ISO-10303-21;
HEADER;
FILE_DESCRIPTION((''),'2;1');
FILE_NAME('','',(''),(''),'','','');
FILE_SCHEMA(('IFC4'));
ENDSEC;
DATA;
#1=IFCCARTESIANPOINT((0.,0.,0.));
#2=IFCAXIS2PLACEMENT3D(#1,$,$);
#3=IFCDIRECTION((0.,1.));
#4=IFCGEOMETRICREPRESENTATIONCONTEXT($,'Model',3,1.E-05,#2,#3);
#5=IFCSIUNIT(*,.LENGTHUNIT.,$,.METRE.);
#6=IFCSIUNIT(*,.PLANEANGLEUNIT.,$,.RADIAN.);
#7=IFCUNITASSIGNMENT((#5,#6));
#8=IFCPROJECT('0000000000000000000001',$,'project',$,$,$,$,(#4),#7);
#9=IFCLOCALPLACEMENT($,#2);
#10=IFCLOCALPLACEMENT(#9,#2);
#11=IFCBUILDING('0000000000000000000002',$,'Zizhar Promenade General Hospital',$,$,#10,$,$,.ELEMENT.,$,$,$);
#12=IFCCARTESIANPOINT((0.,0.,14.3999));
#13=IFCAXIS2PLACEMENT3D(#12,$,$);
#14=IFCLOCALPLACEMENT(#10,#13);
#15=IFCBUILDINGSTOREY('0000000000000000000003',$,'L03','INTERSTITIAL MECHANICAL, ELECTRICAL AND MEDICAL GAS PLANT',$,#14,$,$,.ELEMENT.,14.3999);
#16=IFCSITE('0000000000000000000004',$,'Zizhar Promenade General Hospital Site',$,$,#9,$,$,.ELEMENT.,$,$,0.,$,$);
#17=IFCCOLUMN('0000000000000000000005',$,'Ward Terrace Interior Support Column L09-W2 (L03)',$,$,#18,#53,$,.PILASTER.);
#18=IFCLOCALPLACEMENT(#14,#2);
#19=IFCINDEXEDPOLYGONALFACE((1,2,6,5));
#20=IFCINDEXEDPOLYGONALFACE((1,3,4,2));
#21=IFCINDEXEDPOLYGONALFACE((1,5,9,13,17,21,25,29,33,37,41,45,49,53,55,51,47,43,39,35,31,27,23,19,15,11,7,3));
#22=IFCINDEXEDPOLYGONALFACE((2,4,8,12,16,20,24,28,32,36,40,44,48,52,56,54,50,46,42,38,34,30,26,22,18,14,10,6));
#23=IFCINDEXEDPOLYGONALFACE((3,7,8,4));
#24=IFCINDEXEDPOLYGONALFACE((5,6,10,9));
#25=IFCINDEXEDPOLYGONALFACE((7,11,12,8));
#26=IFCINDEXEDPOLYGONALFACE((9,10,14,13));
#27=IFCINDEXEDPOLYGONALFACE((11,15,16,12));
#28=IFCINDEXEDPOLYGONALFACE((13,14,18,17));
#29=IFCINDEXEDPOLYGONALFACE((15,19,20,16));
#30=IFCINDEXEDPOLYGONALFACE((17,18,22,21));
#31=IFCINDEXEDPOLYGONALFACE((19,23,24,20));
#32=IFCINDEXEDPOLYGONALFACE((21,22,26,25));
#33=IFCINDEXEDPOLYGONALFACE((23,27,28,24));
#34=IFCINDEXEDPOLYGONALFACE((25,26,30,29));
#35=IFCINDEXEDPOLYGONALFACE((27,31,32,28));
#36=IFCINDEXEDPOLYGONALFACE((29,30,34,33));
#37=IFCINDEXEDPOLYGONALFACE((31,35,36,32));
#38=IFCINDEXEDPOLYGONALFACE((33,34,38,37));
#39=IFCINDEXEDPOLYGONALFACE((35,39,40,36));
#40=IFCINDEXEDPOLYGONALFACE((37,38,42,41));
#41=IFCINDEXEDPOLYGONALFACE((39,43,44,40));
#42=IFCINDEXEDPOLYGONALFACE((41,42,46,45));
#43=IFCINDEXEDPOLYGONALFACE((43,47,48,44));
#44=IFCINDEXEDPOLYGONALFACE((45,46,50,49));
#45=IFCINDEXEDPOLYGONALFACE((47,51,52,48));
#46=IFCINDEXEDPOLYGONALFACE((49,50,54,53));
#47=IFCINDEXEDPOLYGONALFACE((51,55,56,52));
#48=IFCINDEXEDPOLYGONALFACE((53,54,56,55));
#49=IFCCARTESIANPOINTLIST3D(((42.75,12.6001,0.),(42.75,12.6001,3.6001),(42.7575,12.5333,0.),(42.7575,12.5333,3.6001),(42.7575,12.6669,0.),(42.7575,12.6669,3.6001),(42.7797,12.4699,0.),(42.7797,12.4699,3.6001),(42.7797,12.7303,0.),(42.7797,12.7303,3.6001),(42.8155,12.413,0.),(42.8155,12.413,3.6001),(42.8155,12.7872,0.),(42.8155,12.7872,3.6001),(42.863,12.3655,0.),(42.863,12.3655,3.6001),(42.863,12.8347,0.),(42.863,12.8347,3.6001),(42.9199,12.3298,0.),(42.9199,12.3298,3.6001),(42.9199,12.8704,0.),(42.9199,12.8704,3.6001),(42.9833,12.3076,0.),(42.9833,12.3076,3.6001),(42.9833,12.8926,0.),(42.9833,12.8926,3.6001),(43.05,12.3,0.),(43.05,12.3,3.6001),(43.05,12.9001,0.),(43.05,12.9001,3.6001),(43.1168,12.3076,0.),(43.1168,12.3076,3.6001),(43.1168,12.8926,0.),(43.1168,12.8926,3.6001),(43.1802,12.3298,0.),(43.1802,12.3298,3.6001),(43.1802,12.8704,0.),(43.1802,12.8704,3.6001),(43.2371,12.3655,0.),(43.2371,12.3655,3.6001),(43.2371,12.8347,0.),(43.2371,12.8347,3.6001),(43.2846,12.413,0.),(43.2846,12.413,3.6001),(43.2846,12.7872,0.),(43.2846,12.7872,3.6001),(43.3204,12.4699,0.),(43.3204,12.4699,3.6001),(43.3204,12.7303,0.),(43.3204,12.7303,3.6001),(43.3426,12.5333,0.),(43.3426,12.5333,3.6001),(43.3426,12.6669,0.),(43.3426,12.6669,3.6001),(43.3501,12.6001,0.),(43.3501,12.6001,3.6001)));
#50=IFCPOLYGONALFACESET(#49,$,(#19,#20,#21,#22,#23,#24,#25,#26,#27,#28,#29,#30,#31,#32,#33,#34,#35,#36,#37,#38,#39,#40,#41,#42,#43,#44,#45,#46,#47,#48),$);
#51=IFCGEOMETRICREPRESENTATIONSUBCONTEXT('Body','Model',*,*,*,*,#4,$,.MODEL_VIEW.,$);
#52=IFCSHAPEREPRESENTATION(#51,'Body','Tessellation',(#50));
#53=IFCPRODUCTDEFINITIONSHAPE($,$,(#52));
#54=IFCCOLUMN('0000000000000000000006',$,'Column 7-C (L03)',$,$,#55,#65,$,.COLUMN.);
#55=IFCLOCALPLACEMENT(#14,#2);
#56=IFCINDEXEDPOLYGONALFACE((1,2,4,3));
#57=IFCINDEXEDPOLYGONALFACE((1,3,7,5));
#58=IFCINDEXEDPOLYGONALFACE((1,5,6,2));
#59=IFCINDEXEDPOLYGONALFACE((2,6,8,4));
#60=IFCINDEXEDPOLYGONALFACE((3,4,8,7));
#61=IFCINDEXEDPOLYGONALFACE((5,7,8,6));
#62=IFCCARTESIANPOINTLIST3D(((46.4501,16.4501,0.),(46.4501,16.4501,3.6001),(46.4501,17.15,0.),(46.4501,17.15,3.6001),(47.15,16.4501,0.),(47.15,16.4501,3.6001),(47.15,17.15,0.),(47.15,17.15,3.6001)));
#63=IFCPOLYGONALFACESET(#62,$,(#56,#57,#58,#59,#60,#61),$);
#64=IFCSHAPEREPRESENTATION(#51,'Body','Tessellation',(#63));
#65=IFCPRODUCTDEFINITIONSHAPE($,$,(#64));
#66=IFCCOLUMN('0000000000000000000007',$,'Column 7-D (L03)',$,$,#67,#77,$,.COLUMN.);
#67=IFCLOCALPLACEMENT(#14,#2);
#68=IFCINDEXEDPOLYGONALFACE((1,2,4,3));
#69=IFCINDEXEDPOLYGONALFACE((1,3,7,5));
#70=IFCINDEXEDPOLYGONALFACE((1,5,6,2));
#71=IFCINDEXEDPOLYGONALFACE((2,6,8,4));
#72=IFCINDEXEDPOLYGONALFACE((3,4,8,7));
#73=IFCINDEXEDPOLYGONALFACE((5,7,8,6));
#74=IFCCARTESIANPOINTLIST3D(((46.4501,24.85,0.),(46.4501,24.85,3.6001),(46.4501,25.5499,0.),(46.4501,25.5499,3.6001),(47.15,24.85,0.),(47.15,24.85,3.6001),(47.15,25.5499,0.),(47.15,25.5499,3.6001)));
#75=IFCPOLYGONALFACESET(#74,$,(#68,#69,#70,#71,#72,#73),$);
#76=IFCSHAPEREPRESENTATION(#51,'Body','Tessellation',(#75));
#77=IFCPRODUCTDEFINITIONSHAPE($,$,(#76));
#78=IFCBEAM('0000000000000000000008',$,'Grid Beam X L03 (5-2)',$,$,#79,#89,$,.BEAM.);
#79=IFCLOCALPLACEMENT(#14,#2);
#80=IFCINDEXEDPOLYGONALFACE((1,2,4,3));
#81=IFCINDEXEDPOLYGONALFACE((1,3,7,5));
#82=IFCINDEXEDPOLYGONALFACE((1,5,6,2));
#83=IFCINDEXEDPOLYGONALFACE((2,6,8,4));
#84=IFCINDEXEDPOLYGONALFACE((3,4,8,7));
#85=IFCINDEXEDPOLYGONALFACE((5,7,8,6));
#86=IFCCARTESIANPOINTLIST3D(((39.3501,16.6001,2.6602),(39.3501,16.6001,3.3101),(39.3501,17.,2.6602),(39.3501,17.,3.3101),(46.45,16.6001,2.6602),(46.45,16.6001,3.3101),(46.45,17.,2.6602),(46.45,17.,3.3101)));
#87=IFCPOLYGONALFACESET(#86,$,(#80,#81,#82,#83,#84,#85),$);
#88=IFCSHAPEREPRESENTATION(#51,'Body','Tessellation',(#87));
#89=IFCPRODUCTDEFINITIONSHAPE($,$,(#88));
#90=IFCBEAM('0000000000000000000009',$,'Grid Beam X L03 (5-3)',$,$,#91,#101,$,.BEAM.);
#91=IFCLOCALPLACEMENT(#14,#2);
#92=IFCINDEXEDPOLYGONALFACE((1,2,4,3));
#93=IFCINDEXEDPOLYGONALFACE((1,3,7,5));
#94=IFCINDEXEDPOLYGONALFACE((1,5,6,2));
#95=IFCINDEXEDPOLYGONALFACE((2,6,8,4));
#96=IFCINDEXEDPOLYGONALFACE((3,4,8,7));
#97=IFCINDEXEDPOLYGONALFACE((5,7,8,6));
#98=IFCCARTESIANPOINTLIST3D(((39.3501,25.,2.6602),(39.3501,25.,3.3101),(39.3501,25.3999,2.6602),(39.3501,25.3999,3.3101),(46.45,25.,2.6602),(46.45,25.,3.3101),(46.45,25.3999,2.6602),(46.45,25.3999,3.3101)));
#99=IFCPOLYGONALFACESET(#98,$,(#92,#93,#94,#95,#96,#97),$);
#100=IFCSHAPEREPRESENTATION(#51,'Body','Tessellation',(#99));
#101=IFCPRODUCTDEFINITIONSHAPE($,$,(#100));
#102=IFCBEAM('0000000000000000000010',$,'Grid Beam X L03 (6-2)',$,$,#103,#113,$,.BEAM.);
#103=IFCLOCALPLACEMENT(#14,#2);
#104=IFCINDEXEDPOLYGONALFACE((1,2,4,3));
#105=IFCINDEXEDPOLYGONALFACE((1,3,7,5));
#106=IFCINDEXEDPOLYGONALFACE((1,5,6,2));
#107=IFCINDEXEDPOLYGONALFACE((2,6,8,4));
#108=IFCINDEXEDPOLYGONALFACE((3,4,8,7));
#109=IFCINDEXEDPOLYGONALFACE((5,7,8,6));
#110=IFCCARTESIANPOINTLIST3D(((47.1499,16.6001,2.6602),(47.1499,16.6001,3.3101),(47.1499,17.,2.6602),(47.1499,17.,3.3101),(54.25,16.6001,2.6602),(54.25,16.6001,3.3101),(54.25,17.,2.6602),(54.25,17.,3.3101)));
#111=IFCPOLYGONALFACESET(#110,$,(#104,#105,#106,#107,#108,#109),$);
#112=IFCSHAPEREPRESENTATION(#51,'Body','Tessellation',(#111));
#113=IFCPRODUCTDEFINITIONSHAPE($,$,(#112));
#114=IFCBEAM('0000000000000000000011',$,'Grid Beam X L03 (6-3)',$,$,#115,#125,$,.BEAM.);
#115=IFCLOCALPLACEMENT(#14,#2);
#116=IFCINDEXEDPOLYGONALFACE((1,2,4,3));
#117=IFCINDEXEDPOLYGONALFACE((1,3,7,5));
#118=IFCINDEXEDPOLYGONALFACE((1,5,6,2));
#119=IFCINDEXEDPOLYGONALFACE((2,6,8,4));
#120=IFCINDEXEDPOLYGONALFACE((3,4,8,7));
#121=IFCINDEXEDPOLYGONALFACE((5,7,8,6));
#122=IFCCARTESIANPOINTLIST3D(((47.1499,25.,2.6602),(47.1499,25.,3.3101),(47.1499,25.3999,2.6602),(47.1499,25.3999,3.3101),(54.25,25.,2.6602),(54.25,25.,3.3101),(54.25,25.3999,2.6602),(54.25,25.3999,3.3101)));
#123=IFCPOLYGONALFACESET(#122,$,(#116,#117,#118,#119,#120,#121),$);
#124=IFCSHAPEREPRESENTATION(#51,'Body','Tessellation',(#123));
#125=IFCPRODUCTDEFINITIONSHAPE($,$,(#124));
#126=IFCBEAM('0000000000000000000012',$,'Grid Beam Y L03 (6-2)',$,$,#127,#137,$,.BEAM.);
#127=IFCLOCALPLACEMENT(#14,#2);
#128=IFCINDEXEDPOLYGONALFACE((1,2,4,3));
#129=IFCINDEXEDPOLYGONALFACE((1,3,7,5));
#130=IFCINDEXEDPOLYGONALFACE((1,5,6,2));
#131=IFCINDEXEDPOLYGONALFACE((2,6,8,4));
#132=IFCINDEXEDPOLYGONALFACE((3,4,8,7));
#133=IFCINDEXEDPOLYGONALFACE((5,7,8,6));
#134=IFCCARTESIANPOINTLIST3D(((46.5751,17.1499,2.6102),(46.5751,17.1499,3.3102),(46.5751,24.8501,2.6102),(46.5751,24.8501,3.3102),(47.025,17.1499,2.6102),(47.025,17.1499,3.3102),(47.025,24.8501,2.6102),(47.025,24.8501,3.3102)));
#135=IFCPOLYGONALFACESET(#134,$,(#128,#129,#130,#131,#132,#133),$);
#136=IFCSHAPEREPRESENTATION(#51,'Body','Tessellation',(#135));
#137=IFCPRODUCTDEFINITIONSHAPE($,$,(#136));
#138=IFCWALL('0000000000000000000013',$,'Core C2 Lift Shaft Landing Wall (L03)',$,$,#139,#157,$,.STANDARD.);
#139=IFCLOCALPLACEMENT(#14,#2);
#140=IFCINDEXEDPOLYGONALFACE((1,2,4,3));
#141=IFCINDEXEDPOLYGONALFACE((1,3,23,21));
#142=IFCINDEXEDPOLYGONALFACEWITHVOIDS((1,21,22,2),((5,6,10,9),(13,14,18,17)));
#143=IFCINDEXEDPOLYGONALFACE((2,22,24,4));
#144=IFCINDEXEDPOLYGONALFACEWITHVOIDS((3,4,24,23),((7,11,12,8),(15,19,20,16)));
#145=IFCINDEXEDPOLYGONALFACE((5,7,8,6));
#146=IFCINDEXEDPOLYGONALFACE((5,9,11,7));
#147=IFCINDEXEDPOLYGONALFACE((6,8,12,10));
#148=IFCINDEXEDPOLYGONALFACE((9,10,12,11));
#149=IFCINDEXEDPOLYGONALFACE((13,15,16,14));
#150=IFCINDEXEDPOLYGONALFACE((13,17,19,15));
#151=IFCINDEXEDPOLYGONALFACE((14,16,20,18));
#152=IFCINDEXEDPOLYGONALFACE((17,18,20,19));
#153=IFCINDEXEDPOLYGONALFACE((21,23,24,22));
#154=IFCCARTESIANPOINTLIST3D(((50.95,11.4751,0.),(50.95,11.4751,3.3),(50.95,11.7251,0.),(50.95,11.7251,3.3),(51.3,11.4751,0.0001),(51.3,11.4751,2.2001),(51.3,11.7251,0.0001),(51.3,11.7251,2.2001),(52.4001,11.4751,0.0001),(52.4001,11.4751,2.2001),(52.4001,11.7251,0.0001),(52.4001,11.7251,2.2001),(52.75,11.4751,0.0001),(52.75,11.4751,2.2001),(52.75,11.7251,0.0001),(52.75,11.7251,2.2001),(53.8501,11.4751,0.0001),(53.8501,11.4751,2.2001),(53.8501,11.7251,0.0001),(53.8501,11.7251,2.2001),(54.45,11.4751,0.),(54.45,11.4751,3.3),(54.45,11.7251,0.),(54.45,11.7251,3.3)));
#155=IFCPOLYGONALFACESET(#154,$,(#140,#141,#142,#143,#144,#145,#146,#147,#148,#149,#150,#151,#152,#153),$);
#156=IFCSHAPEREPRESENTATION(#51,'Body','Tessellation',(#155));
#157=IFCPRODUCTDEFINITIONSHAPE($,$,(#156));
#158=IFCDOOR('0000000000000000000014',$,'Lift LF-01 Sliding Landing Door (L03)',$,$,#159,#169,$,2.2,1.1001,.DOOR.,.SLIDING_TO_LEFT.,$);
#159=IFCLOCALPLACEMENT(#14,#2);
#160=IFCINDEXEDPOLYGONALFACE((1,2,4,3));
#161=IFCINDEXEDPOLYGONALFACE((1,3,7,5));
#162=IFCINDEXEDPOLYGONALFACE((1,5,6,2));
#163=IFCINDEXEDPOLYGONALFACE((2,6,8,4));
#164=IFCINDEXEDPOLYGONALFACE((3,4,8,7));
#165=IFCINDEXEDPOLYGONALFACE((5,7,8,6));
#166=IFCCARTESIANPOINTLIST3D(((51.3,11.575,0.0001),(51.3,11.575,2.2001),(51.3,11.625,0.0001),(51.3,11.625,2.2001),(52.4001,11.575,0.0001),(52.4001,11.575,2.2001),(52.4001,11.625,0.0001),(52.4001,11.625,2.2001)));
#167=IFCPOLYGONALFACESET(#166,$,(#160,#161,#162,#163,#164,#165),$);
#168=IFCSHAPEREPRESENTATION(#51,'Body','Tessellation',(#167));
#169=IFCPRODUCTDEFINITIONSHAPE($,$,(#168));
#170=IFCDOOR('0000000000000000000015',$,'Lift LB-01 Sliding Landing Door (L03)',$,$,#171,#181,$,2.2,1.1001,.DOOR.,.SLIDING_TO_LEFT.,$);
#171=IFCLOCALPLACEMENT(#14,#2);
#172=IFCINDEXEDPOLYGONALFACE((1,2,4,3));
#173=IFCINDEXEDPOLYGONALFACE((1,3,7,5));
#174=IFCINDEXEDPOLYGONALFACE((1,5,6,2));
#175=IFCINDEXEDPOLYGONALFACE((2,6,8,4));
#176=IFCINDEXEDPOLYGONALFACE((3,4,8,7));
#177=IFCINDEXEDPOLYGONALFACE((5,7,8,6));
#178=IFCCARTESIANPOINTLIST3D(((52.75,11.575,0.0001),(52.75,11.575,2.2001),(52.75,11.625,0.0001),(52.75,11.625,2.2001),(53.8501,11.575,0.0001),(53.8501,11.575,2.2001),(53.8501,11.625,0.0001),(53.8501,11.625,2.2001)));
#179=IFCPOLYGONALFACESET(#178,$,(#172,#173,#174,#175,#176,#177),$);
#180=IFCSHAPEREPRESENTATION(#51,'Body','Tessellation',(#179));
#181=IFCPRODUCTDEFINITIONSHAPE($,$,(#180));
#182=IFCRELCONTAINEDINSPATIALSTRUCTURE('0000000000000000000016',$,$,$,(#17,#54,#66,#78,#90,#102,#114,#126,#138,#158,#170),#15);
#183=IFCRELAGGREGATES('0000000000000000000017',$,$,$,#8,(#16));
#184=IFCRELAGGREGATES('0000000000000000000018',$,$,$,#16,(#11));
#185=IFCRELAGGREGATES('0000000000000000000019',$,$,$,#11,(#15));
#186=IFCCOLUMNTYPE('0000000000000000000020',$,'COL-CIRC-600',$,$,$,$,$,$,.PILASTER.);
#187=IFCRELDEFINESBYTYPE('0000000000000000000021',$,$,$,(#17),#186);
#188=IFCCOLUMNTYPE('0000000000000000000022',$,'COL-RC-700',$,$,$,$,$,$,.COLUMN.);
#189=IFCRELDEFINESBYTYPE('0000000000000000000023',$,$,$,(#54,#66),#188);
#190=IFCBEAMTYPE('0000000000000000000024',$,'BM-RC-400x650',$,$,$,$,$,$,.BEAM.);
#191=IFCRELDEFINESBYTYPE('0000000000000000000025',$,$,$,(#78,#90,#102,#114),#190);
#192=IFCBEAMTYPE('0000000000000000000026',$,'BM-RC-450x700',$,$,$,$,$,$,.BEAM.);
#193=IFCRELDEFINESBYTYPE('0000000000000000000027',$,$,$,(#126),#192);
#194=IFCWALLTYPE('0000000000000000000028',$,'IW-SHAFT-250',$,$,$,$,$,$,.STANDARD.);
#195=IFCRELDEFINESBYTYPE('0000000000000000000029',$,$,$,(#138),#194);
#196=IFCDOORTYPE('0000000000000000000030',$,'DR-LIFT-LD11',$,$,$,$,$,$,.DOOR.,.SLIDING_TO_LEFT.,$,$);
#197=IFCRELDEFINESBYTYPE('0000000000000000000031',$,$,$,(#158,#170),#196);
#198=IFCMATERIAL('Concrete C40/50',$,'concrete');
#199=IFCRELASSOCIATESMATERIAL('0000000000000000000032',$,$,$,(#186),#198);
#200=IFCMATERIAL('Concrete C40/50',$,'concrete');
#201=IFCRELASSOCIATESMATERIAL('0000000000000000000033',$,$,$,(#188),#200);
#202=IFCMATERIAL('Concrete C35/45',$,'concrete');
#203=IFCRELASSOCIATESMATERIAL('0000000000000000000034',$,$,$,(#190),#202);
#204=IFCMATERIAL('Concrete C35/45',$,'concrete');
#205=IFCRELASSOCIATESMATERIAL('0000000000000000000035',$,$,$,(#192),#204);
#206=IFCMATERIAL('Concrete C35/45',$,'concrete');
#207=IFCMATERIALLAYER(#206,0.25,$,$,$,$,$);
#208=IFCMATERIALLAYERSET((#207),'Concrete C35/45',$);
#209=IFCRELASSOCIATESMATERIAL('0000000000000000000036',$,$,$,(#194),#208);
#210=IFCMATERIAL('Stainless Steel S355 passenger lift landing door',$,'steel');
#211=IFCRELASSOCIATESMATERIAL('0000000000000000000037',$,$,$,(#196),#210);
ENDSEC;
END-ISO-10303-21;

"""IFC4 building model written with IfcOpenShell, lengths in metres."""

from ifc_helpers import new_model, si_unit, direction, frame, frame_2d, origin, origin_2d, place, context, subcontext, project, spatial, rectangle, circle, extrude, material, layer, layer_set, material_profile, profile_set, type_object, element, fill, save


model = new_model("IFC4")

# Units and contexts
model_context = context("Model", 3, precision=1e-05, world=origin(), true_north=direction((0.0, 1.0)))
body_context = subcontext(model_context, "Body", "Model", "MODEL_VIEW")
ifc_project = project(units=[si_unit("LENGTHUNIT", "METRE"), si_unit("PLANEANGLEUNIT", "RADIAN")], contexts=[model_context])

# Site, building, storey
site_placement = place(None, origin())
site = spatial("IfcSite", under=ifc_project, at=site_placement, Name="Zizhar Promenade General Hospital Site", CompositionType="ELEMENT", RefElevation=0.0)
building_placement = place(site_placement, origin())
building = spatial("IfcBuilding", under=site, at=building_placement, Name="Zizhar Promenade General Hospital", CompositionType="ELEMENT")
storey_placement = place(building_placement, frame((0.0, 0.0, 14.3999)))
storey = spatial("IfcBuildingStorey", under=building, at=storey_placement, Name="L03", Description="INTERSTITIAL MECHANICAL, ELECTRICAL AND MEDICAL GAS PLANT", CompositionType="ELEMENT", Elevation=14.3999)

# Columns
ifc_material_1 = material(Name="Concrete C40/50", Category="concrete")
ifc_material_profile_1 = material_profile(ifc_material_1, circle(Radius=0.3, at=origin_2d()))
ifc_profile_set_1 = profile_set([ifc_material_profile_1], Name="Concrete C40/50")
column_type_1 = type_object("IfcColumnType", Name="COL-CIRC-600", PredefinedType="PILASTER", material=ifc_profile_set_1)
column_placement = place(storey_placement, frame((43.05, 12.6001, 0.0), z_axis=(0.0, 0.0, 1.0), x_axis=(1.0, 0.0, 0.0)))
element("IfcColumn", 1, at=column_placement, inside=storey, type_object=column_type_1, Name="Ward Terrace Interior Support Column L09-W2 (L03)", PredefinedType="PILASTER", context=body_context, shape_type="SweptSolid", body=[
    extrude(circle(Radius=0.3, at=origin_2d()), origin(), (0.0, 0.0, 1.0), 3.6001),
])
ifc_material_2 = material(Name="Concrete C40/50", Category="concrete")
ifc_material_profile_2 = material_profile(ifc_material_2, rectangle(XDim=0.7, YDim=0.7, at=origin_2d()))
ifc_profile_set_2 = profile_set([ifc_material_profile_2], Name="Concrete C40/50")
column_type_2 = type_object("IfcColumnType", Name="COL-RC-700", PredefinedType="COLUMN", material=ifc_profile_set_2)
for number, where, z_axis, x_axis, name in (
    (2, (46.8, 16.8, 0.0), (0.0, 0.0, 1.0), (1.0, 0.0, 0.0), "Column 7-C (L03)"),
    (3, (46.8, 25.2, 0.0), (0.0, 0.0, 1.0), (1.0, 0.0, 0.0), "Column 7-D (L03)"),
):
    element("IfcColumn", number, at=place(storey_placement, frame(where, z_axis=z_axis, x_axis=x_axis)), inside=storey, type_object=column_type_2, Name=name, PredefinedType="COLUMN", context=body_context, shape_type="SweptSolid", body=[
        extrude(rectangle(XDim=0.7, YDim=0.7, at=origin_2d()), origin(), (0.0, 0.0, 1.0), 3.6001),
    ])

# Beams
ifc_material_3 = material(Name="Concrete C35/45", Category="concrete")
ifc_material_profile_3 = material_profile(ifc_material_3, rectangle(XDim=0.3999, YDim=0.6499, at=origin_2d()))
ifc_profile_set_3 = profile_set([ifc_material_profile_3], Name="Concrete C35/45")
beam_type_1 = type_object("IfcBeamType", Name="BM-RC-400x650", PredefinedType="BEAM", material=ifc_profile_set_3)
for number, where, z_axis, x_axis, name in (
    (4, (39.3501, 16.8, 2.9851), (1.0, 0.0, 0.0), (0.0, 1.0, 0.0), "Grid Beam X L03 (5-2)"),
    (5, (39.3501, 25.2, 2.9851), (1.0, 0.0, 0.0), (0.0, 1.0, 0.0), "Grid Beam X L03 (5-3)"),
):
    element("IfcBeam", number, at=place(storey_placement, frame(where, z_axis=z_axis, x_axis=x_axis)), inside=storey, type_object=beam_type_1, Name=name, PredefinedType="BEAM", context=body_context, shape_type="SweptSolid", body=[
        extrude(rectangle(XDim=0.3999, YDim=0.6499, at=origin_2d()), origin(), (0.0, 0.0, 1.0), 7.0999),
    ])
for number, where, z_axis, x_axis, name in (
    (6, (47.1499, 16.8, 2.9851), (1.0, 0.0, 0.0), (0.0, 1.0, 0.0), "Grid Beam X L03 (6-2)"),
    (7, (47.1499, 25.2, 2.9851), (1.0, 0.0, 0.0), (0.0, 1.0, 0.0), "Grid Beam X L03 (6-3)"),
):
    element("IfcBeam", number, at=place(storey_placement, frame(where, z_axis=z_axis, x_axis=x_axis)), inside=storey, type_object=beam_type_1, Name=name, PredefinedType="BEAM", context=body_context, shape_type="SweptSolid", body=[
        extrude(rectangle(XDim=0.3999, YDim=0.6499, at=origin_2d()), origin(), (0.0, 0.0, 1.0), 7.1001),
    ])
ifc_material_4 = material(Name="Concrete C35/45", Category="concrete")
ifc_material_profile_4 = material_profile(ifc_material_4, rectangle(XDim=0.45, YDim=0.7, at=origin_2d()))
ifc_profile_set_4 = profile_set([ifc_material_profile_4], Name="Concrete C35/45")
beam_type_2 = type_object("IfcBeamType", Name="BM-RC-450x700", PredefinedType="BEAM", material=ifc_profile_set_4)
beam_placement = place(storey_placement, frame((46.8, 17.1499, 2.9602), z_axis=(0.0, 1.0, 0.0), x_axis=(-1.0, 0.0, 0.0)))
element("IfcBeam", 8, at=beam_placement, inside=storey, type_object=beam_type_2, Name="Grid Beam Y L03 (6-2)", PredefinedType="BEAM", context=body_context, shape_type="SweptSolid", body=[
    extrude(rectangle(XDim=0.45, YDim=0.7, at=origin_2d()), origin(), (0.0, 0.0, 1.0), 7.7002),
])

# Wall, openings, doors
ifc_material_5 = material(Name="Concrete C35/45", Category="concrete")
ifc_layer_1 = layer(ifc_material_5, 0.25)
ifc_layer_set_1 = layer_set([ifc_layer_1], Name="Concrete C35/45")
wall_type_1 = type_object("IfcWallType", Name="IW-SHAFT-250", PredefinedType="STANDARD", material=ifc_layer_set_1)
wall_1_placement = place(storey_placement, frame((50.95, 11.6001, 0.0), z_axis=(0.0, 0.0, 1.0), x_axis=(1.0, 0.0, 0.0)))
wall_1 = element("IfcWall", 9, at=wall_1_placement, inside=storey, type_object=wall_type_1, Name="Core C2 Lift Shaft Landing Wall (L03)", PredefinedType="STANDARD", context=body_context, shape_type="SweptSolid", body=[
    extrude(rectangle(XDim=3.5, YDim=0.25, at=frame_2d((1.75, 0.0))), origin(), (0.0, 0.0, 1.0), 3.3),
])
opening_1_placement = place(wall_1_placement, frame((0.3501, 0.0, 0.0)))
opening_1 = element("IfcOpeningElement", 10, at=opening_1_placement, cuts=wall_1, PredefinedType="OPENING", context=body_context, shape_type="SweptSolid", body=[
    extrude(rectangle(XDim=1.1001, YDim=2.2, at=frame_2d((0.55, 1.1001))), frame((0.0, 0.135, 0.0), z_axis=(0.0, -1.0, 0.0), x_axis=(1.0, 0.0, 0.0)), (0.0, 0.0, 1.0), 0.27),
])
opening_2_placement = place(wall_1_placement, frame((1.8, 0.0, 0.0)))
opening_2 = element("IfcOpeningElement", 11, at=opening_2_placement, cuts=wall_1, PredefinedType="OPENING", context=body_context, shape_type="SweptSolid", body=[
    extrude(rectangle(XDim=1.1001, YDim=2.2, at=frame_2d((0.55, 1.1001))), frame((0.0, 0.135, 0.0), z_axis=(0.0, -1.0, 0.0), x_axis=(1.0, 0.0, 0.0)), (0.0, 0.0, 1.0), 0.27),
])
ifc_material_6 = material(Name="Stainless Steel S355 passenger lift landing door", Category="steel")
door_type = type_object("IfcDoorType", Name="DR-LIFT-LD11", OperationType="SLIDING_TO_LEFT", PredefinedType="DOOR", material=ifc_material_6)
door_1_placement = place(opening_1_placement, origin())
door_1 = element("IfcDoor", 12, at=door_1_placement, inside=storey, type_object=door_type, Name="Lift LF-01 Sliding Landing Door (L03)", OperationType="SLIDING_TO_LEFT", OverallHeight=2.2, OverallWidth=1.1001, PredefinedType="DOOR", context=body_context, shape_type="SweptSolid", body=[
    extrude(rectangle(XDim=1.1001, YDim=2.2, at=frame_2d((0.55, 1.1001))), frame((0.0, 0.0249, 0.0), z_axis=(0.0, -1.0, 0.0), x_axis=(1.0, 0.0, 0.0)), (0.0, 0.0, 1.0), 0.05),
])
fill(opening_1, door_1)
door_2_placement = place(opening_2_placement, origin())
door_2 = element("IfcDoor", 13, at=door_2_placement, inside=storey, type_object=door_type, Name="Lift LB-01 Sliding Landing Door (L03)", OperationType="SLIDING_TO_LEFT", OverallHeight=2.2, OverallWidth=1.1001, PredefinedType="DOOR", context=body_context, shape_type="SweptSolid", body=[
    extrude(rectangle(XDim=1.1001, YDim=2.2, at=frame_2d((0.55, 1.1001))), frame((0.0, 0.0249, 0.0), z_axis=(0.0, -1.0, 0.0), x_axis=(1.0, 0.0, 0.0)), (0.0, 0.0, 1.0), 0.05),
])
fill(opening_2, door_2)

save(model, "model.ifc")
